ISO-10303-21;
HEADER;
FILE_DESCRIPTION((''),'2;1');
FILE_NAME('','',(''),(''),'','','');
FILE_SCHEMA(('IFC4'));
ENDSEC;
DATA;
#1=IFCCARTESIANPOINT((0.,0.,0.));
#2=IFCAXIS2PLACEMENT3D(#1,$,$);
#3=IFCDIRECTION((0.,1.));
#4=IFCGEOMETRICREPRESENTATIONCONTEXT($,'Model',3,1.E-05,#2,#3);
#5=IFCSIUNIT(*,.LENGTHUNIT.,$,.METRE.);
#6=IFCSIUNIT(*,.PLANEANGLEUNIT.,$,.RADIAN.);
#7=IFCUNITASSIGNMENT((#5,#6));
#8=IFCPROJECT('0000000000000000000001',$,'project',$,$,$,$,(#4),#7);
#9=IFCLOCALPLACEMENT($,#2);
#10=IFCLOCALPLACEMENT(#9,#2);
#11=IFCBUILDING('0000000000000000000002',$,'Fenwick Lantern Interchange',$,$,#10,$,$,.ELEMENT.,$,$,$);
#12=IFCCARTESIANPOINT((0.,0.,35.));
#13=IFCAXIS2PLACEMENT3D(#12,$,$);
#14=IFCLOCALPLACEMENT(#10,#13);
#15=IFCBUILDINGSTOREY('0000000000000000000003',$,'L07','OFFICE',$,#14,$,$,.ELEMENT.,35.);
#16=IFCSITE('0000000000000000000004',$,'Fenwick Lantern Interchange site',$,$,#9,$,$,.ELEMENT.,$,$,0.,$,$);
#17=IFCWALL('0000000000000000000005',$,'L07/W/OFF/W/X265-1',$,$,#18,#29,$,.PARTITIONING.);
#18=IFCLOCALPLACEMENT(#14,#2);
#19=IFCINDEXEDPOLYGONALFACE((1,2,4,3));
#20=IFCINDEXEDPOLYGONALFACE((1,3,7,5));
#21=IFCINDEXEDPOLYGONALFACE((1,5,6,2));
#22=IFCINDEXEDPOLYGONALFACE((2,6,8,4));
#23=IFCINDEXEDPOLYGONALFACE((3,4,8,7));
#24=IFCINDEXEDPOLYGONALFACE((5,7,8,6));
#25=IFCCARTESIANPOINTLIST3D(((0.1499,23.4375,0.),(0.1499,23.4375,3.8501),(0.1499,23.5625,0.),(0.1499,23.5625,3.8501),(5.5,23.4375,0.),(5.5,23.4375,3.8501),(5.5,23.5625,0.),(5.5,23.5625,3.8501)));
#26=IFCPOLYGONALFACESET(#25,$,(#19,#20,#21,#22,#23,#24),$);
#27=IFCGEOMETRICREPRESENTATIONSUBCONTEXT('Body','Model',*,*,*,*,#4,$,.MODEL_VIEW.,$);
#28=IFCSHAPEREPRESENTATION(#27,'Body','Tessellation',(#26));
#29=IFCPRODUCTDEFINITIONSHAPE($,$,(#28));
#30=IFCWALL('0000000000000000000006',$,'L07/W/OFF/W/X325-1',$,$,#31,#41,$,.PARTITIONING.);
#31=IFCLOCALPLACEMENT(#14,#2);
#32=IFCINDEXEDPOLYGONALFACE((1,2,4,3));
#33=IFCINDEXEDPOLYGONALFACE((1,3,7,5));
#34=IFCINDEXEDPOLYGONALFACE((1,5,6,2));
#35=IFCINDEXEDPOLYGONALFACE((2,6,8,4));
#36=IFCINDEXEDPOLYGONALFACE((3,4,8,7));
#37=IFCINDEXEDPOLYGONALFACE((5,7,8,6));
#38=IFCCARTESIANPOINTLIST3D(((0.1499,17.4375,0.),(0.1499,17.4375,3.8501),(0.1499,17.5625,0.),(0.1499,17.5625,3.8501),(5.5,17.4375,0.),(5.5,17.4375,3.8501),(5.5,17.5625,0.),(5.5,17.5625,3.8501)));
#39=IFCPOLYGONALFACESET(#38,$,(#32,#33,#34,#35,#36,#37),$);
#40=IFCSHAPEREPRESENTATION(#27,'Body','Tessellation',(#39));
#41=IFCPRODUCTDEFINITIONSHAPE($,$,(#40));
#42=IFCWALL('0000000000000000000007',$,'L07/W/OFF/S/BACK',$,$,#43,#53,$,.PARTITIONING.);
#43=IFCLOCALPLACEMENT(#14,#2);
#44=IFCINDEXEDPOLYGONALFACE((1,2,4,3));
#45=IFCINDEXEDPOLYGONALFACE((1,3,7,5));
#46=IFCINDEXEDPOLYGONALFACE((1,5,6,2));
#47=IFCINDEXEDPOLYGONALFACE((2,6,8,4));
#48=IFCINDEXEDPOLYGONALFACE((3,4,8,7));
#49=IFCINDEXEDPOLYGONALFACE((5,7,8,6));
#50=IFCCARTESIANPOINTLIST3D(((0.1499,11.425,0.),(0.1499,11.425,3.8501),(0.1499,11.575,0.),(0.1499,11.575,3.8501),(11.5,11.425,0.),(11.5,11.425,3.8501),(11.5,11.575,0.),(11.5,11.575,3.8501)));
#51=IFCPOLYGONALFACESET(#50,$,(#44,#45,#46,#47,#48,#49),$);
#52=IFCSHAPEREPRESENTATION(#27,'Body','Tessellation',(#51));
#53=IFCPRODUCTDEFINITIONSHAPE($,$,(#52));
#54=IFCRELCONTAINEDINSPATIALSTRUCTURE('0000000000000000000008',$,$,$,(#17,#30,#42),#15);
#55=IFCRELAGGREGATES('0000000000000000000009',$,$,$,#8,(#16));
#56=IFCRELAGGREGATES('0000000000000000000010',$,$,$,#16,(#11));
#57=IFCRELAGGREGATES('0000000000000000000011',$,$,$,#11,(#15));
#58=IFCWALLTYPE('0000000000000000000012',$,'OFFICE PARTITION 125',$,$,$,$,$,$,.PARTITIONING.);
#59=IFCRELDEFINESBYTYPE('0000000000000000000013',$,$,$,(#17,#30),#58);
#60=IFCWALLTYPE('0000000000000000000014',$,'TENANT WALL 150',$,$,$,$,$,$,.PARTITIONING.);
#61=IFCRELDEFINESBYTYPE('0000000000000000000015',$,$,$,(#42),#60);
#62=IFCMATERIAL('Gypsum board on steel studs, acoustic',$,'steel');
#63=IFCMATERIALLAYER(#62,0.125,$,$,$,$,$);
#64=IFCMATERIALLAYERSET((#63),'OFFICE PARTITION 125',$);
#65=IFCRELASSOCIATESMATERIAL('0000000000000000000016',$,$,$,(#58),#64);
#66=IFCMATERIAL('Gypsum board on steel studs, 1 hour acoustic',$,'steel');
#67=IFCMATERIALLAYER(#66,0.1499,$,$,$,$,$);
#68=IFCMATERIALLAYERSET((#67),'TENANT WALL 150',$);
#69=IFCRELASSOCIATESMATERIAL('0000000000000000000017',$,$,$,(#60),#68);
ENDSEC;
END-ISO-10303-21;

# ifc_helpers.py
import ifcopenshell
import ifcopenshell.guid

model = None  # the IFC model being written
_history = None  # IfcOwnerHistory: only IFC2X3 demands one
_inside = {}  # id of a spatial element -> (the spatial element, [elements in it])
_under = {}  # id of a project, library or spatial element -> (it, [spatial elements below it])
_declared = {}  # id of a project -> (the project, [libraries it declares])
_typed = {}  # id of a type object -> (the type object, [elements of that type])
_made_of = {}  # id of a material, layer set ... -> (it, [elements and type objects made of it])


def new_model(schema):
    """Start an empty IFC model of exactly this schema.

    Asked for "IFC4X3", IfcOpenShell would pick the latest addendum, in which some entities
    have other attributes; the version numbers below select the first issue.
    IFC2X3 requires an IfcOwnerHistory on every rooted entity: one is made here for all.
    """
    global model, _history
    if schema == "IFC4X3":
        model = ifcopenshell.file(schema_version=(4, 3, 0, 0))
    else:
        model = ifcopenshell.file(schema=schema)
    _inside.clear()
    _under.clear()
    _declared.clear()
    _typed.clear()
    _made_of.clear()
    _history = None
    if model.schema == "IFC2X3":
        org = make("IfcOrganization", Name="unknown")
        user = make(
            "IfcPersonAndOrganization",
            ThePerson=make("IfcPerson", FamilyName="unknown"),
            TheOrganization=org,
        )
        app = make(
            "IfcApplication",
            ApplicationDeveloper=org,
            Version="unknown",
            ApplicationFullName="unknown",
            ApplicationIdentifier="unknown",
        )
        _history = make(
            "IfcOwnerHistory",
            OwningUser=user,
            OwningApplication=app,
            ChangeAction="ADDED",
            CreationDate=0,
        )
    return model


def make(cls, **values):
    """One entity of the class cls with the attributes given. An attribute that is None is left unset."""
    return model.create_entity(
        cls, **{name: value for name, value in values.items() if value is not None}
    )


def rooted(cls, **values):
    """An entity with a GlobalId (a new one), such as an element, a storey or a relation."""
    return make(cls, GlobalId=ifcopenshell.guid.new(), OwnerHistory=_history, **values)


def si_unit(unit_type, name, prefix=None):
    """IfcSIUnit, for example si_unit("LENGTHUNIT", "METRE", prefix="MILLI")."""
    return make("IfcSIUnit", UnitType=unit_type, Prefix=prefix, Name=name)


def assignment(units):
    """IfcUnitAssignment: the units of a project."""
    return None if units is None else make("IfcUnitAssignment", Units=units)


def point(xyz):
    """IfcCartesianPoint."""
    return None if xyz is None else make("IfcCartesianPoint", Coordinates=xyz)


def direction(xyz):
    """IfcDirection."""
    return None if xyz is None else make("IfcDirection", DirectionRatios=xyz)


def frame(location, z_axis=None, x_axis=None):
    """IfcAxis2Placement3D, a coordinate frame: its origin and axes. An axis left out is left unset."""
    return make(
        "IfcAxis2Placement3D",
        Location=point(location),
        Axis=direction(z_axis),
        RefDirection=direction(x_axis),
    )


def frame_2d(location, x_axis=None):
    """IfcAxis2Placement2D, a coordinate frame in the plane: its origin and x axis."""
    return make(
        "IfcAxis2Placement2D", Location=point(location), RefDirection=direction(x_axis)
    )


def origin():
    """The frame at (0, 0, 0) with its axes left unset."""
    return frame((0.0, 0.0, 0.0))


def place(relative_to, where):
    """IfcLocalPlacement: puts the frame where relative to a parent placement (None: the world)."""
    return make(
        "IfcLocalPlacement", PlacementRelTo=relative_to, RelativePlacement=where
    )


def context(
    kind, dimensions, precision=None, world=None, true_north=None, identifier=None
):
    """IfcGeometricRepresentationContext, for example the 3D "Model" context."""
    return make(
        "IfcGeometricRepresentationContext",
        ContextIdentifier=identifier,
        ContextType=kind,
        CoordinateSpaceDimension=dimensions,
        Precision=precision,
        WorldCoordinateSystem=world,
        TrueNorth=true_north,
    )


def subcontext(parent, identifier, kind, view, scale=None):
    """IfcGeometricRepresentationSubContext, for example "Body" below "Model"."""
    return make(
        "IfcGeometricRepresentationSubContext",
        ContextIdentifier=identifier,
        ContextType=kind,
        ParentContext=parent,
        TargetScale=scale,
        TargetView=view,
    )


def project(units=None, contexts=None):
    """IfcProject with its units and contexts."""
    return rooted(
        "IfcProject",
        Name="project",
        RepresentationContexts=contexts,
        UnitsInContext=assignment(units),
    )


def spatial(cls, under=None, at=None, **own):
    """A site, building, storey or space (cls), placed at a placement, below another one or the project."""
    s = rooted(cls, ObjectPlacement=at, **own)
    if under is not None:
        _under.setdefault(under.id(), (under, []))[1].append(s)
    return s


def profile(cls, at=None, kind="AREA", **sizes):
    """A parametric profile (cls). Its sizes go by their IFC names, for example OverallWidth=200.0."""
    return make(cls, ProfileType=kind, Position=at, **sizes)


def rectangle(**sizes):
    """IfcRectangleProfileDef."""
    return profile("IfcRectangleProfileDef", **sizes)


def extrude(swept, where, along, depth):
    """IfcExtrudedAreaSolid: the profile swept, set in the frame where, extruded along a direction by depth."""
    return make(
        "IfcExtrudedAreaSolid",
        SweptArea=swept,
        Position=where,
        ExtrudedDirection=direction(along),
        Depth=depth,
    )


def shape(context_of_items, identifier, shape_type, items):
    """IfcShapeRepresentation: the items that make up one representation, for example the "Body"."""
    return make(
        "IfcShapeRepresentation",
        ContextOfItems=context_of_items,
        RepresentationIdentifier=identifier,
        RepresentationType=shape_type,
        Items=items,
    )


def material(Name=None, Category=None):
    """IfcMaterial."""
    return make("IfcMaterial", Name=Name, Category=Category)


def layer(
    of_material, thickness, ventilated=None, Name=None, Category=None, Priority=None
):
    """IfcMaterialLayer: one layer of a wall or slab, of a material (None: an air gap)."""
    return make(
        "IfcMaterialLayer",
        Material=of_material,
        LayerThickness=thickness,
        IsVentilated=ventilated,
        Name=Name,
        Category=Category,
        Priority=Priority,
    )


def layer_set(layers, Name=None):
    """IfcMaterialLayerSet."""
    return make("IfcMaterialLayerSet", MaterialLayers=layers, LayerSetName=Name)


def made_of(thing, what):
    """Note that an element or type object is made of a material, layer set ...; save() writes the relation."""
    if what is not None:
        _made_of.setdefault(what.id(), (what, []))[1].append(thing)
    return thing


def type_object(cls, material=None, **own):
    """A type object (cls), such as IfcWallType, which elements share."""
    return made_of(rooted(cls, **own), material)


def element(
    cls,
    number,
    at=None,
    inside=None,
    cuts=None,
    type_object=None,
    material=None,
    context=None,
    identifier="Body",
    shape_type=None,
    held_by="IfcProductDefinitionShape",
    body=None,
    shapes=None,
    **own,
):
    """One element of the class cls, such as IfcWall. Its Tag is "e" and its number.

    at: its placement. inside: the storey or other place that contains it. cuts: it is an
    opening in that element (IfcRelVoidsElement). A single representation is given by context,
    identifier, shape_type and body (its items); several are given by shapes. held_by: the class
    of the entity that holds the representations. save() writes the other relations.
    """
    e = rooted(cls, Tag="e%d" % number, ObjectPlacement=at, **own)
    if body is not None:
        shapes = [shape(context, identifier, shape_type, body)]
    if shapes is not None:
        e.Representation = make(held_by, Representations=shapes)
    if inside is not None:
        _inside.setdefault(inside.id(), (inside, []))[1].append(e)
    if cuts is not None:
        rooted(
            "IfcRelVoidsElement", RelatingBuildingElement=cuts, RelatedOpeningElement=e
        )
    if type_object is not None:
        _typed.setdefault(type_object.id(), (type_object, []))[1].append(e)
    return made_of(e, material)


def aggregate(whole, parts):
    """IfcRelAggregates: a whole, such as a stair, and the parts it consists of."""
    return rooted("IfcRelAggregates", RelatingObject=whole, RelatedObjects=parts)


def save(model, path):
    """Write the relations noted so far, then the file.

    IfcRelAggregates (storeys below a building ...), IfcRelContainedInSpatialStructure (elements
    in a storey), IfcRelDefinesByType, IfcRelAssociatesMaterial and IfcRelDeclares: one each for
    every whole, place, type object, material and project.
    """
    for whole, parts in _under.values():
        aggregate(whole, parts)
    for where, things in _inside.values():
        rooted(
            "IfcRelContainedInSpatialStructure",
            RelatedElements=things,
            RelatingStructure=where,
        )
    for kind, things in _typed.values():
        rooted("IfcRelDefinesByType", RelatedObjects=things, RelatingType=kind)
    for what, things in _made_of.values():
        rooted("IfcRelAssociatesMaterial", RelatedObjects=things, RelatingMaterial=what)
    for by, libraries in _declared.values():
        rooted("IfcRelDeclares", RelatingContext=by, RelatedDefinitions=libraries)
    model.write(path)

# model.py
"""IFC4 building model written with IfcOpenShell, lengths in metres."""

from ifc_helpers import new_model, si_unit, direction, frame, frame_2d, origin, place, context, subcontext, project, spatial, rectangle, extrude, material, layer, layer_set, type_object, element, save


model = new_model("IFC4")

# Units and contexts
model_context = context("Model", 3, precision=1e-05, world=origin(), true_north=direction((0.0, 1.0)))
body_context = subcontext(model_context, "Body", "Model", "MODEL_VIEW")
ifc_project = project(units=[si_unit("LENGTHUNIT", "METRE"), si_unit("PLANEANGLEUNIT", "RADIAN")], contexts=[model_context])

# Site, building, storey
site_placement = place(None, origin())
site = spatial("IfcSite", under=ifc_project, at=site_placement, Name="Fenwick Lantern Interchange site", CompositionType="ELEMENT", RefElevation=0.0)
building_placement = place(site_placement, origin())
building = spatial("IfcBuilding", under=site, at=building_placement, Name="Fenwick Lantern Interchange", CompositionType="ELEMENT")
storey_placement = place(building_placement, frame((0.0, 0.0, 35.0)))
storey = spatial("IfcBuildingStorey", under=building, at=storey_placement, Name="L07", Description="OFFICE", CompositionType="ELEMENT", Elevation=35.0)

# Walls
ifc_material_1 = material(Name="Gypsum board on steel studs, acoustic", Category="steel")
ifc_layer_1 = layer(ifc_material_1, 0.125)
ifc_layer_set_1 = layer_set([ifc_layer_1], Name="OFFICE PARTITION 125")
wall_type_1 = type_object("IfcWallType", Name="OFFICE PARTITION 125", PredefinedType="PARTITIONING", material=ifc_layer_set_1)
for number, where, z_axis, x_axis, name in (
    (1, (0.1499, 23.5, 0.0), (0.0, 0.0, 1.0), (1.0, 0.0, 0.0), "L07/W/OFF/W/X265-1"),
    (2, (0.1499, 17.5, 0.0), (0.0, 0.0, 1.0), (1.0, 0.0, 0.0), "L07/W/OFF/W/X325-1"),
):
    element("IfcWall", number, at=place(storey_placement, frame(where, z_axis=z_axis, x_axis=x_axis)), inside=storey, type_object=wall_type_1, Name=name, PredefinedType="PARTITIONING", context=body_context, shape_type="SweptSolid", body=[
        extrude(rectangle(XDim=5.3501, YDim=0.125, at=frame_2d((2.675, 0.0))), origin(), (0.0, 0.0, 1.0), 3.8501),
    ])
ifc_material_2 = material(Name="Gypsum board on steel studs, 1 hour acoustic", Category="steel")
ifc_layer_2 = layer(ifc_material_2, 0.1499)
ifc_layer_set_2 = layer_set([ifc_layer_2], Name="TENANT WALL 150")
wall_type_2 = type_object("IfcWallType", Name="TENANT WALL 150", PredefinedType="PARTITIONING", material=ifc_layer_set_2)
wall_placement = place(storey_placement, frame((0.1499, 11.5, 0.0), z_axis=(0.0, 0.0, 1.0), x_axis=(1.0, 0.0, 0.0)))
element("IfcWall", 3, at=wall_placement, inside=storey, type_object=wall_type_2, Name="L07/W/OFF/S/BACK", PredefinedType="PARTITIONING", context=body_context, shape_type="SweptSolid", body=[
    extrude(rectangle(XDim=11.3501, YDim=0.1499, at=frame_2d((5.675, 0.0))), origin(), (0.0, 0.0, 1.0), 3.8501),
])

save(model, "model.ifc")
